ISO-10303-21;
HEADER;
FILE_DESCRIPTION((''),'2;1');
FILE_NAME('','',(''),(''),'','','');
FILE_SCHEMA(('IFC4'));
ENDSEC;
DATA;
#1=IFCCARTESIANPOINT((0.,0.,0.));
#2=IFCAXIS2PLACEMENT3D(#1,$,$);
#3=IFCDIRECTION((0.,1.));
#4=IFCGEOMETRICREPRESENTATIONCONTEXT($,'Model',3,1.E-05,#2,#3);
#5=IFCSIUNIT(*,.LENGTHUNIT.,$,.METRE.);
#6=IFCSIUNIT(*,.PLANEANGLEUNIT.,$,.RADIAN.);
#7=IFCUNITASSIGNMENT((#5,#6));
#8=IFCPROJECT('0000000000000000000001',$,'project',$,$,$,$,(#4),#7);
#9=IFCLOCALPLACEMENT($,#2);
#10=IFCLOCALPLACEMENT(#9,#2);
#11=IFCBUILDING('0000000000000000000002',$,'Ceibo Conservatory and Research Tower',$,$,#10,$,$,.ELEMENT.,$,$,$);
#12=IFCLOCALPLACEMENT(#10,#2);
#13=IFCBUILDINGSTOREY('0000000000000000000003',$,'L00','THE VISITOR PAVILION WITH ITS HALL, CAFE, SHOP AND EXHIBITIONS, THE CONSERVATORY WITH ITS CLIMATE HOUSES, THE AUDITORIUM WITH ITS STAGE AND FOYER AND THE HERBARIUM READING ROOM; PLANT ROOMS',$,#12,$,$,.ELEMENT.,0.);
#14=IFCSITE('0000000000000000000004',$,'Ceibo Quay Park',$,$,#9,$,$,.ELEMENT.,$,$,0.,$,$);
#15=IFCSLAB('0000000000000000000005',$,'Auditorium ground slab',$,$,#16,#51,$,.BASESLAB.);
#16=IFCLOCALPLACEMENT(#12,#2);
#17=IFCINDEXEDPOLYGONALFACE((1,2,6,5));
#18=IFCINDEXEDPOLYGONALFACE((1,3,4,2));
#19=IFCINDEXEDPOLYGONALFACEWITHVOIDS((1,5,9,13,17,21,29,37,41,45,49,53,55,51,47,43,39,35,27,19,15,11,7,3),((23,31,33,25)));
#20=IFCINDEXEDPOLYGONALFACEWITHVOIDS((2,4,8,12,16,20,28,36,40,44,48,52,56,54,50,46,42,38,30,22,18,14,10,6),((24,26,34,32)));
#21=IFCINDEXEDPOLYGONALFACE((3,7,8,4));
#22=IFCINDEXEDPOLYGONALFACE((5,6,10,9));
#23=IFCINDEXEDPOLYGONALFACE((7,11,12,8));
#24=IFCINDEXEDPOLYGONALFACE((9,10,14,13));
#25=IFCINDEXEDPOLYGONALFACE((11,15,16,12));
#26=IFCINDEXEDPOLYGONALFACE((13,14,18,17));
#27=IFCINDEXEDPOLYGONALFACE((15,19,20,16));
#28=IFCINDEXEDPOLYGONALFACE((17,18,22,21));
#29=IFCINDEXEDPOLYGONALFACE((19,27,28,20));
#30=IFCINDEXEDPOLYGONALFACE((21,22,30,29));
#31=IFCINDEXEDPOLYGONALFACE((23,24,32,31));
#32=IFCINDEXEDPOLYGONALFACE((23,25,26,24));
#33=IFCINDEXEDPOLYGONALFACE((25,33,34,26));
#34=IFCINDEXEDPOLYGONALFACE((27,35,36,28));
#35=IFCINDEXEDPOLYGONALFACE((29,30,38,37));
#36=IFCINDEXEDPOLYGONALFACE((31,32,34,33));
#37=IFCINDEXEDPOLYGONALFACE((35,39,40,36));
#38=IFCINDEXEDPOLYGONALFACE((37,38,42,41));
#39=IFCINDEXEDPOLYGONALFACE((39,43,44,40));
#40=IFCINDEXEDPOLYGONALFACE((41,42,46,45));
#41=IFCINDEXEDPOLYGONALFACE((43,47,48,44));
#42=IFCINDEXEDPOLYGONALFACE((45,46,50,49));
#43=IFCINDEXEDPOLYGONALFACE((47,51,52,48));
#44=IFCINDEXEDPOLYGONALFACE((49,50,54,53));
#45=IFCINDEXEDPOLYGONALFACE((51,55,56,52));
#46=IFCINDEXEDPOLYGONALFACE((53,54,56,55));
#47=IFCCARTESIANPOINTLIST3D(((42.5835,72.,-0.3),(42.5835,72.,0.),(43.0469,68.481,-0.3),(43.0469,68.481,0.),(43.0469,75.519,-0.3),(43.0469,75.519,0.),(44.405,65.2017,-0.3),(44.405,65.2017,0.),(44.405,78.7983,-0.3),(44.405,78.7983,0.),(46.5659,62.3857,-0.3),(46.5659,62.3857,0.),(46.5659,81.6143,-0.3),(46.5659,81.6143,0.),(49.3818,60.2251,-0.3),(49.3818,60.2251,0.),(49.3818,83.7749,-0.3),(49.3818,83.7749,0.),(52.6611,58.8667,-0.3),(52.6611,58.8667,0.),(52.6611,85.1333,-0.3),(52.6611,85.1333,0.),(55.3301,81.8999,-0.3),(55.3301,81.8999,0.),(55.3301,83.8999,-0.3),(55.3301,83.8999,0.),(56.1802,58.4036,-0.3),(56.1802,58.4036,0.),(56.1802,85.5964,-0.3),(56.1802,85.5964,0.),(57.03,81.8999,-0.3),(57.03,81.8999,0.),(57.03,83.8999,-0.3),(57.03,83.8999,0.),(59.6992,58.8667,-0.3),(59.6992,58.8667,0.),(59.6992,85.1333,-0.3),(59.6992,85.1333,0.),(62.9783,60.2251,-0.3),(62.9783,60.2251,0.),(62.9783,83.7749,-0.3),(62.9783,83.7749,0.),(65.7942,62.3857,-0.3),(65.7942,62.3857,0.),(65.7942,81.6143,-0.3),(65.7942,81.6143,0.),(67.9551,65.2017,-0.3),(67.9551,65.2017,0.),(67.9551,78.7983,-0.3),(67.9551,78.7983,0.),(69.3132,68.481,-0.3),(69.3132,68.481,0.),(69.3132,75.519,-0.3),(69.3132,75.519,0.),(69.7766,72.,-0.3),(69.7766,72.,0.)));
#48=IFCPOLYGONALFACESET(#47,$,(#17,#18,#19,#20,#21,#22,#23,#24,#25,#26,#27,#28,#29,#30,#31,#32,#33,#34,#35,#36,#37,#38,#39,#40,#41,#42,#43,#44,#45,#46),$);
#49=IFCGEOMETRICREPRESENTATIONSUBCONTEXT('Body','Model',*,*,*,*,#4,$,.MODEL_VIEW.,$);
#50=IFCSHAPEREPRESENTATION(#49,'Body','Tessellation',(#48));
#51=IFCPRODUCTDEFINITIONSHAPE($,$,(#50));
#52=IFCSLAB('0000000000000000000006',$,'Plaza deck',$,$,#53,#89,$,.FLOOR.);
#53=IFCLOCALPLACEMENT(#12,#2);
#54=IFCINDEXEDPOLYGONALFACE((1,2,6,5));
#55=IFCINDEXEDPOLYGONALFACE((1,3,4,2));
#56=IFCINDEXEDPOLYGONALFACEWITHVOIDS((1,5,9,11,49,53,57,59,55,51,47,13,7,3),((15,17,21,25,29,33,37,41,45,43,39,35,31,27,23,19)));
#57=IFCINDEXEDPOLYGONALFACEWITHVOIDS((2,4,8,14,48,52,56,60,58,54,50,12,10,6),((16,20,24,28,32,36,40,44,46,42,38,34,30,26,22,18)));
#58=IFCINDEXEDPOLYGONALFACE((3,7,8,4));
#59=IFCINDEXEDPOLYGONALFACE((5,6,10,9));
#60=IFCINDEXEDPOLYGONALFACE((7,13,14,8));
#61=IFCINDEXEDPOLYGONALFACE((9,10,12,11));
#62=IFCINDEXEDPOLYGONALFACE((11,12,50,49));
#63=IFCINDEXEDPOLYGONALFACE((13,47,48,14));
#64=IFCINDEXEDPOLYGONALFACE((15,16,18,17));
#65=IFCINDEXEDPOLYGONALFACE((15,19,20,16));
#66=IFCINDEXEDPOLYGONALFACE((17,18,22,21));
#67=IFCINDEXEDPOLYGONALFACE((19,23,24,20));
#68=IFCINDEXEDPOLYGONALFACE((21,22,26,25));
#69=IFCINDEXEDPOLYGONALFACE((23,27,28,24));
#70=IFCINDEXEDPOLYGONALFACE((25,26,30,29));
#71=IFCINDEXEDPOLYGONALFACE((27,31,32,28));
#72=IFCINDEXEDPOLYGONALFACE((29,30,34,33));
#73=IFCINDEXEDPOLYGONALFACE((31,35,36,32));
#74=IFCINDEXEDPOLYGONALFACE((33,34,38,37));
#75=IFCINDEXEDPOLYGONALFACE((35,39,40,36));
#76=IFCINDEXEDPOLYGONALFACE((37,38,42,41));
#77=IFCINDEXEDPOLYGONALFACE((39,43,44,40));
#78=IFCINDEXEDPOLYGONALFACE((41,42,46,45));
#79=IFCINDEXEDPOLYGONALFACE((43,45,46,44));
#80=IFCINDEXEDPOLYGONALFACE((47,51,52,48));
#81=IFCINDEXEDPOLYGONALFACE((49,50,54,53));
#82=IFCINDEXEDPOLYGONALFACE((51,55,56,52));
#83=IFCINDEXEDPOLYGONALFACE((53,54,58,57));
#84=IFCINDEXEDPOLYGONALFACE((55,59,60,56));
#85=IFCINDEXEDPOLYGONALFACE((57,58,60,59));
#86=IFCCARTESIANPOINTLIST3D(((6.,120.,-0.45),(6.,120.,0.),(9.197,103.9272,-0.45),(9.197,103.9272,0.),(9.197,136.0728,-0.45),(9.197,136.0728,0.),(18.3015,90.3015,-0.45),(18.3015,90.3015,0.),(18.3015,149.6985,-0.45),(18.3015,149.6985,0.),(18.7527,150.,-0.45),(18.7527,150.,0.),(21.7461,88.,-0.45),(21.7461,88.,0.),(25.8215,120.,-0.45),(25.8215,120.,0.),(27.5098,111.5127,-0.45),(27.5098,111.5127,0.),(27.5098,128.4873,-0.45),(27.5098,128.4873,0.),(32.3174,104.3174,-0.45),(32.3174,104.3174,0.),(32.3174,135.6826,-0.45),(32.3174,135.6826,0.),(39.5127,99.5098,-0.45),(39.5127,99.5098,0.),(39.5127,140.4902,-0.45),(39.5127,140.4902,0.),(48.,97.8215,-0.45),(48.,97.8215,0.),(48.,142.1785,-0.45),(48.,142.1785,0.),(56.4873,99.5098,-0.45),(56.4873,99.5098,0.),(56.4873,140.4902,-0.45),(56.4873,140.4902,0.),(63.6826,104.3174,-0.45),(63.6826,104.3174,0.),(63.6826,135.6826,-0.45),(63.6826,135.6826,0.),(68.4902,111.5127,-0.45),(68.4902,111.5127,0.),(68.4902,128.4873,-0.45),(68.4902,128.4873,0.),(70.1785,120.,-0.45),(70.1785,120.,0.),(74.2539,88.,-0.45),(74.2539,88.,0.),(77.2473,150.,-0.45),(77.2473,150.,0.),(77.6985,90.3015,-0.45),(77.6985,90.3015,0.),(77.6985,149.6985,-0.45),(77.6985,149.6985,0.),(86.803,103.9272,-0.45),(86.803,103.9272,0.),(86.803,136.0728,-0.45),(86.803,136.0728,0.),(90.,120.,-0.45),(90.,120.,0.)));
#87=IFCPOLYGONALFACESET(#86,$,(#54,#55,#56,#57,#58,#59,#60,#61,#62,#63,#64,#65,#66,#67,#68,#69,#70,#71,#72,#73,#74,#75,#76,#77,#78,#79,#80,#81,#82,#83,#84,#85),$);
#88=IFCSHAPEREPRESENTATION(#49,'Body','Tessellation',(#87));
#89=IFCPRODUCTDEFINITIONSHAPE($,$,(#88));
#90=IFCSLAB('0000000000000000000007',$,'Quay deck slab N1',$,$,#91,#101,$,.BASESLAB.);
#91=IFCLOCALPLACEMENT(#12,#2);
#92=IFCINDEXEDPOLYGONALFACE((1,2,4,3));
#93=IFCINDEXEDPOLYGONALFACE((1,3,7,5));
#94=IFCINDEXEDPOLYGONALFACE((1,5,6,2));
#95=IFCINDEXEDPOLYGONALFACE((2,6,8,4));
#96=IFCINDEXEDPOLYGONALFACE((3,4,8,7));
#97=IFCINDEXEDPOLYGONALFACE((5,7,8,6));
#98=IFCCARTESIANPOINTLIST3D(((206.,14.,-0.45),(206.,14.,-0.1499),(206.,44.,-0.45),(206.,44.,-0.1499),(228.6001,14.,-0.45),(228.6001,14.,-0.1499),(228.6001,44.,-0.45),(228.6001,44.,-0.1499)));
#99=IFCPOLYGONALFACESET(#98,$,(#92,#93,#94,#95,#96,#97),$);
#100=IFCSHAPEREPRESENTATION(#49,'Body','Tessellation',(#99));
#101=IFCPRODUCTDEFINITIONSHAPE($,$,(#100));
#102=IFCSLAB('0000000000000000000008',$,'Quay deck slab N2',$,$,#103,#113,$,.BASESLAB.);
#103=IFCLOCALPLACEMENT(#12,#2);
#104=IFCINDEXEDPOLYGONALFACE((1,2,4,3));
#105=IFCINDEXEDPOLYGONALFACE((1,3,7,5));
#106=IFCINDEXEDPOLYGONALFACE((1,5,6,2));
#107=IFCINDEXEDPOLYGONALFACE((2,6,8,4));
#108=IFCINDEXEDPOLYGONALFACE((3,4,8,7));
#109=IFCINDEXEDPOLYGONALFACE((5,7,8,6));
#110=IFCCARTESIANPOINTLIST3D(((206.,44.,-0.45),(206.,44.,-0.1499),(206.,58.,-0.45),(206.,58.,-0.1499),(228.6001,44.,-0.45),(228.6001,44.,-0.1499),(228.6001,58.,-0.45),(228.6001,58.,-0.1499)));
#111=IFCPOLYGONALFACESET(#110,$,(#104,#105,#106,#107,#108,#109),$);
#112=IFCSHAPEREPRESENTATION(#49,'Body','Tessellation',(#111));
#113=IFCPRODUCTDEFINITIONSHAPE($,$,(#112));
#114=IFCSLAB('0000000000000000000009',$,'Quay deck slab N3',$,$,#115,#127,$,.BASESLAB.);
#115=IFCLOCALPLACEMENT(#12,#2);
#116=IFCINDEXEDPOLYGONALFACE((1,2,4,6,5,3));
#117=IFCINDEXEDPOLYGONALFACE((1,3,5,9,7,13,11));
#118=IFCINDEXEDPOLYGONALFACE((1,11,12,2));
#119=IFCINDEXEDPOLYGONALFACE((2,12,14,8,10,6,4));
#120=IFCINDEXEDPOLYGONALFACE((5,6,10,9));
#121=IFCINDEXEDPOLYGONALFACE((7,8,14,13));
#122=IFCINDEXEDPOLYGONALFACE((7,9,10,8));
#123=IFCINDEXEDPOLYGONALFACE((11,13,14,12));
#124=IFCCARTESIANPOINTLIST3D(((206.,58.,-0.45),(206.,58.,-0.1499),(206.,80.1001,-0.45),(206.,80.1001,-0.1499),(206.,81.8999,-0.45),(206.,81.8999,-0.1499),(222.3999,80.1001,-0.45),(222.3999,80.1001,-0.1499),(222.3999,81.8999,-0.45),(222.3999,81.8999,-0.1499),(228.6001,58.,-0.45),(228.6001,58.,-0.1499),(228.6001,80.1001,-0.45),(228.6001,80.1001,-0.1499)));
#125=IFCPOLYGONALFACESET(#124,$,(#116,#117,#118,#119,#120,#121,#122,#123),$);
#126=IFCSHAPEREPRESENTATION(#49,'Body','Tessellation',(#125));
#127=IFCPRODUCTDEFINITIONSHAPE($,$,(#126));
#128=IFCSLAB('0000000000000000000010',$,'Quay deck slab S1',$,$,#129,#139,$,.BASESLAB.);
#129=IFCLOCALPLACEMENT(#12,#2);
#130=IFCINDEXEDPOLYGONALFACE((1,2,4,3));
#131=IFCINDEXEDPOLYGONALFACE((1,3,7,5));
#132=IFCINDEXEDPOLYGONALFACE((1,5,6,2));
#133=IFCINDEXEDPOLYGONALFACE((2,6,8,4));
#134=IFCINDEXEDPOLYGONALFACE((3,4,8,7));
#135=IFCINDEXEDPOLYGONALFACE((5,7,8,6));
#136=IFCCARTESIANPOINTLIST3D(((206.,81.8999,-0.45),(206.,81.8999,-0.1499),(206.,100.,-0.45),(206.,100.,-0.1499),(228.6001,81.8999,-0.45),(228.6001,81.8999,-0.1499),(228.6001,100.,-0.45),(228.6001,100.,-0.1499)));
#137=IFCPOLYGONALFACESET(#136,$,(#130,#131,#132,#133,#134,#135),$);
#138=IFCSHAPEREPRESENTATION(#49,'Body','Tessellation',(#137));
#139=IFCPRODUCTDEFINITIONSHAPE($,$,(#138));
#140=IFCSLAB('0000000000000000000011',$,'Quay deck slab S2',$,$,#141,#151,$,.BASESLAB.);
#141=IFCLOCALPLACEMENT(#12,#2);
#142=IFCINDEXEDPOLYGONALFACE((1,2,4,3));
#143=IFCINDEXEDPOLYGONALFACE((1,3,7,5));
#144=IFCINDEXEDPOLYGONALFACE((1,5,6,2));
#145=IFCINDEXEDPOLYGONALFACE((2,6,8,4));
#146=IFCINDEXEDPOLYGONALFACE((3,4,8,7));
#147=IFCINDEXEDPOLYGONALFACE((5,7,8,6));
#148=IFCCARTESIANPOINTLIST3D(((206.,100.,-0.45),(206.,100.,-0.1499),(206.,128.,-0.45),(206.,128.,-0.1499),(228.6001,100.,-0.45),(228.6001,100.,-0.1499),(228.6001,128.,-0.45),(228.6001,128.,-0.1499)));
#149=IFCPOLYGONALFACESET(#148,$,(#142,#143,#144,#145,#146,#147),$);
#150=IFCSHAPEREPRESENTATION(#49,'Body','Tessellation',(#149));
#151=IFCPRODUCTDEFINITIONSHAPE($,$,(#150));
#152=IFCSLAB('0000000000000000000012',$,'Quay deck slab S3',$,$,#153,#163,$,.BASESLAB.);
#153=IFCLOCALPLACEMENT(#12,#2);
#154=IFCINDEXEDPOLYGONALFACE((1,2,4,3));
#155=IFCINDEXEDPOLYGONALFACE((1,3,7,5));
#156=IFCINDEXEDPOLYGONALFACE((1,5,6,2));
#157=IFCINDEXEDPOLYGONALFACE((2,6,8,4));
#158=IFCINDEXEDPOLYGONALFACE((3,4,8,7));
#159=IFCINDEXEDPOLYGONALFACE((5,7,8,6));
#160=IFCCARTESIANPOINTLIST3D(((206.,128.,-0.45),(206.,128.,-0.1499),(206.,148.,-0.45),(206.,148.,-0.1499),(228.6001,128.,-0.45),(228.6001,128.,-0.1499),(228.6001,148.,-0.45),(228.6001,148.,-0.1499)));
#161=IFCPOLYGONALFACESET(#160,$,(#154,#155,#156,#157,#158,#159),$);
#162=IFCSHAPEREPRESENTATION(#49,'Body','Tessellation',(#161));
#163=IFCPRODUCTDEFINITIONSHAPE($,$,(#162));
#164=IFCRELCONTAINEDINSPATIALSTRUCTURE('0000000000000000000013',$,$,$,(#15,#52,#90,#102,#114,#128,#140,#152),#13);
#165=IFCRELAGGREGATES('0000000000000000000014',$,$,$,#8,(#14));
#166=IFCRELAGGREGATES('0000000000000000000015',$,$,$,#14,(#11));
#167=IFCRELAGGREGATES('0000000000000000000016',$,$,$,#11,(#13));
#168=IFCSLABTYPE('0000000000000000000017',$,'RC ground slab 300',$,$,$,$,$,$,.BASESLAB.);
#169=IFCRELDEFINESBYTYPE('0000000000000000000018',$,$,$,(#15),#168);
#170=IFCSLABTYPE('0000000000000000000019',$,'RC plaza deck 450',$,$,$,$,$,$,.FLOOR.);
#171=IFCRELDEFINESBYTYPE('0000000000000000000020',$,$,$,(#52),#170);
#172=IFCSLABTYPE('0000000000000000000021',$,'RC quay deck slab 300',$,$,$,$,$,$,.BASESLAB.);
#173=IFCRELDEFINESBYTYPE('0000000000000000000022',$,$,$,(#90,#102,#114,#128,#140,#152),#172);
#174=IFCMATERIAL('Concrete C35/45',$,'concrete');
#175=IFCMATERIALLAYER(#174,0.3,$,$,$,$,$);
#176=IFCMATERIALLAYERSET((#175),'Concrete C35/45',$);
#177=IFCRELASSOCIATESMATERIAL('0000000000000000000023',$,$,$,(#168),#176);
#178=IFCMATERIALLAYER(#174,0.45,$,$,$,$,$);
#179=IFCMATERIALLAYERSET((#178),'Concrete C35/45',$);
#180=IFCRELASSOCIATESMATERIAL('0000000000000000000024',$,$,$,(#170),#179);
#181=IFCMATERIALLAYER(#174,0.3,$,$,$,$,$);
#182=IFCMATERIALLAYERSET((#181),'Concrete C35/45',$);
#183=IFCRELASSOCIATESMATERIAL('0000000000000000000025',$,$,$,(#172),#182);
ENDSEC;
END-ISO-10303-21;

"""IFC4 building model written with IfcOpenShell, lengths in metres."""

from ifc_helpers import new_model, si_unit, direction, frame, origin, place, context, subcontext, project, spatial, polyline, outline, extrude, material, layer, layer_set, type_object, element, save


model = new_model("IFC4")

# Units and contexts
model_context = context("Model", 3, precision=1e-05, world=origin(), true_north=direction((0.0, 1.0)))
body_context = subcontext(model_context, "Body", "Model", "MODEL_VIEW")
ifc_project = project(units=[si_unit("LENGTHUNIT", "METRE"), si_unit("PLANEANGLEUNIT", "RADIAN")], contexts=[model_context])

# Site, building, storey
site_placement = place(None, origin())
site = spatial("IfcSite", under=ifc_project, at=site_placement, Name="Ceibo Quay Park", CompositionType="ELEMENT", RefElevation=0.0)
building_placement = place(site_placement, origin())
building = spatial("IfcBuilding", under=site, at=building_placement, Name="Ceibo Conservatory and Research Tower", CompositionType="ELEMENT")
storey_placement = place(building_placement, origin())
storey = spatial("IfcBuildingStorey", under=building, at=storey_placement, Name="L00", Description="THE VISITOR PAVILION WITH ITS HALL, CAFE, SHOP AND EXHIBITIONS, THE CONSERVATORY WITH ITS CLIMATE HOUSES, THE AUDITORIUM WITH ITS STAGE AND FOYER AND THE HERBARIUM READING ROOM; PLANT ROOMS", CompositionType="ELEMENT", Elevation=0.0)

# Slabs
ifc_material_1 = material(Name="Concrete C35/45", Category="concrete")
ifc_layer_1 = layer(ifc_material_1, 0.3)
ifc_layer_set_1 = layer_set([ifc_layer_1], Name="Concrete C35/45")
slab_type_1 = type_object("IfcSlabType", Name="RC ground slab 300", PredefinedType="BASESLAB", material=ifc_layer_set_1)
slab_1_placement = place(storey_placement, frame((0.0, 0.0, -0.3)))
element("IfcSlab", 1, at=slab_1_placement, inside=storey, type_object=slab_type_1, Name="Auditorium ground slab", PredefinedType="BASESLAB", context=body_context, shape_type="SweptSolid", body=[
    extrude(outline(polyline([(69.7766, 72.0), (69.3132, 75.519), (67.9551, 78.7983), (65.7942, 81.6143), (62.9783, 83.7749), (59.6992, 85.1333), (56.1802, 85.5964), (52.6611, 85.1333), (49.3818, 83.7749), (46.5659, 81.6143), (44.405, 78.7983), (43.0469, 75.519), (42.5835, 72.0), (43.0469, 68.481), (44.405, 65.2017), (46.5659, 62.3857), (49.3818, 60.2251), (52.6611, 58.8667), (56.1802, 58.4036), (59.6992, 58.8667), (62.9783, 60.2251), (65.7942, 62.3857), (67.9551, 65.2017), (69.3132, 68.481), (69.7766, 72.0)]), holes=[polyline([(55.3301, 81.8999), (57.03, 81.8999), (57.03, 83.8999), (55.3301, 83.8999), (55.3301, 81.8999)])]), origin(), (0.0, 0.0, 1.0), 0.3),
])
ifc_layer_2 = layer(ifc_material_1, 0.45)
ifc_layer_set_2 = layer_set([ifc_layer_2], Name="Concrete C35/45")
slab_type_2 = type_object("IfcSlabType", Name="RC plaza deck 450", PredefinedType="FLOOR", material=ifc_layer_set_2)
slab_2_placement = place(storey_placement, frame((0.0, 0.0, -0.45)))
element("IfcSlab", 2, at=slab_2_placement, inside=storey, type_object=slab_type_2, Name="Plaza deck", PredefinedType="FLOOR", context=body_context, shape_type="SweptSolid", body=[
    extrude(outline(polyline([(86.803, 136.0728), (77.6985, 149.6985), (77.2473, 150.0), (18.7527, 150.0), (18.3015, 149.6985), (9.197, 136.0728), (6.0, 120.0), (9.197, 103.9272), (18.3015, 90.3015), (21.7461, 88.0), (74.2539, 88.0), (77.6985, 90.3015), (86.803, 103.9272), (90.0, 120.0), (86.803, 136.0728)]), holes=[polyline([(68.4902, 128.4873), (63.6826, 135.6826), (56.4873, 140.4902), (48.0, 142.1785), (39.5127, 140.4902), (32.3174, 135.6826), (27.5098, 128.4873), (25.8215, 120.0), (27.5098, 111.5127), (32.3174, 104.3174), (39.5127, 99.5098), (48.0, 97.8215), (56.4873, 99.5098), (63.6826, 104.3174), (68.4902, 111.5127), (70.1785, 120.0), (68.4902, 128.4873)])]), origin(), (0.0, 0.0, 1.0), 0.45),
])
ifc_layer_3 = layer(ifc_material_1, 0.3)
ifc_layer_set_3 = layer_set([ifc_layer_3], Name="Concrete C35/45")
slab_type_3 = type_object("IfcSlabType", Name="RC quay deck slab 300", PredefinedType="BASESLAB", material=ifc_layer_set_3)
slab_3_placement = place(storey_placement, frame((0.0, 0.0, -0.45)))
element("IfcSlab", 3, at=slab_3_placement, inside=storey, type_object=slab_type_3, Name="Quay deck slab N1", PredefinedType="BASESLAB", context=body_context, shape_type="SweptSolid", body=[
    extrude(outline(polyline([(228.6001, 14.0), (228.6001, 44.0), (206.0, 44.0), (206.0, 14.0), (228.6001, 14.0)])), origin(), (0.0, 0.0, 1.0), 0.3),
])
slab_4_placement = place(storey_placement, frame((0.0, 0.0, -0.45)))
element("IfcSlab", 4, at=slab_4_placement, inside=storey, type_object=slab_type_3, Name="Quay deck slab N2", PredefinedType="BASESLAB", context=body_context, shape_type="SweptSolid", body=[
    extrude(outline(polyline([(228.6001, 44.0), (228.6001, 58.0), (206.0, 58.0), (206.0, 44.0), (228.6001, 44.0)])), origin(), (0.0, 0.0, 1.0), 0.3),
])
slab_5_placement = place(storey_placement, frame((0.0, 0.0, -0.45)))
element("IfcSlab", 5, at=slab_5_placement, inside=storey, type_object=slab_type_3, Name="Quay deck slab N3", PredefinedType="BASESLAB", context=body_context, shape_type="SweptSolid", body=[
    extrude(outline(polyline([(228.6001, 80.1001), (228.6001, 58.0), (206.0, 58.0), (206.0, 80.1001), (206.0, 81.8999), (222.3999, 81.8999), (222.3999, 80.1001), (228.6001, 80.1001)])), origin(), (0.0, 0.0, 1.0), 0.3),
])
slab_6_placement = place(storey_placement, frame((0.0, 0.0, -0.45)))
element("IfcSlab", 6, at=slab_6_placement, inside=storey, type_object=slab_type_3, Name="Quay deck slab S1", PredefinedType="BASESLAB", context=body_context, shape_type="SweptSolid", body=[
    extrude(outline(polyline([(228.6001, 81.8999), (228.6001, 100.0), (206.0, 100.0), (206.0, 81.8999), (228.6001, 81.8999)])), origin(), (0.0, 0.0, 1.0), 0.3),
])
slab_7_placement = place(storey_placement, frame((0.0, 0.0, -0.45)))
element("IfcSlab", 7, at=slab_7_placement, inside=storey, type_object=slab_type_3, Name="Quay deck slab S2", PredefinedType="BASESLAB", context=body_context, shape_type="SweptSolid", body=[
    extrude(outline(polyline([(228.6001, 100.0), (228.6001, 128.0), (206.0, 128.0), (206.0, 100.0), (228.6001, 100.0)])), origin(), (0.0, 0.0, 1.0), 0.3),
])
slab_8_placement = place(storey_placement, frame((0.0, 0.0, -0.45)))
element("IfcSlab", 8, at=slab_8_placement, inside=storey, type_object=slab_type_3, Name="Quay deck slab S3", PredefinedType="BASESLAB", context=body_context, shape_type="SweptSolid", body=[
    extrude(outline(polyline([(228.6001, 128.0), (228.6001, 148.0), (206.0, 148.0), (206.0, 128.0), (228.6001, 128.0)])), origin(), (0.0, 0.0, 1.0), 0.3),
])

save(model, "model.ifc")
